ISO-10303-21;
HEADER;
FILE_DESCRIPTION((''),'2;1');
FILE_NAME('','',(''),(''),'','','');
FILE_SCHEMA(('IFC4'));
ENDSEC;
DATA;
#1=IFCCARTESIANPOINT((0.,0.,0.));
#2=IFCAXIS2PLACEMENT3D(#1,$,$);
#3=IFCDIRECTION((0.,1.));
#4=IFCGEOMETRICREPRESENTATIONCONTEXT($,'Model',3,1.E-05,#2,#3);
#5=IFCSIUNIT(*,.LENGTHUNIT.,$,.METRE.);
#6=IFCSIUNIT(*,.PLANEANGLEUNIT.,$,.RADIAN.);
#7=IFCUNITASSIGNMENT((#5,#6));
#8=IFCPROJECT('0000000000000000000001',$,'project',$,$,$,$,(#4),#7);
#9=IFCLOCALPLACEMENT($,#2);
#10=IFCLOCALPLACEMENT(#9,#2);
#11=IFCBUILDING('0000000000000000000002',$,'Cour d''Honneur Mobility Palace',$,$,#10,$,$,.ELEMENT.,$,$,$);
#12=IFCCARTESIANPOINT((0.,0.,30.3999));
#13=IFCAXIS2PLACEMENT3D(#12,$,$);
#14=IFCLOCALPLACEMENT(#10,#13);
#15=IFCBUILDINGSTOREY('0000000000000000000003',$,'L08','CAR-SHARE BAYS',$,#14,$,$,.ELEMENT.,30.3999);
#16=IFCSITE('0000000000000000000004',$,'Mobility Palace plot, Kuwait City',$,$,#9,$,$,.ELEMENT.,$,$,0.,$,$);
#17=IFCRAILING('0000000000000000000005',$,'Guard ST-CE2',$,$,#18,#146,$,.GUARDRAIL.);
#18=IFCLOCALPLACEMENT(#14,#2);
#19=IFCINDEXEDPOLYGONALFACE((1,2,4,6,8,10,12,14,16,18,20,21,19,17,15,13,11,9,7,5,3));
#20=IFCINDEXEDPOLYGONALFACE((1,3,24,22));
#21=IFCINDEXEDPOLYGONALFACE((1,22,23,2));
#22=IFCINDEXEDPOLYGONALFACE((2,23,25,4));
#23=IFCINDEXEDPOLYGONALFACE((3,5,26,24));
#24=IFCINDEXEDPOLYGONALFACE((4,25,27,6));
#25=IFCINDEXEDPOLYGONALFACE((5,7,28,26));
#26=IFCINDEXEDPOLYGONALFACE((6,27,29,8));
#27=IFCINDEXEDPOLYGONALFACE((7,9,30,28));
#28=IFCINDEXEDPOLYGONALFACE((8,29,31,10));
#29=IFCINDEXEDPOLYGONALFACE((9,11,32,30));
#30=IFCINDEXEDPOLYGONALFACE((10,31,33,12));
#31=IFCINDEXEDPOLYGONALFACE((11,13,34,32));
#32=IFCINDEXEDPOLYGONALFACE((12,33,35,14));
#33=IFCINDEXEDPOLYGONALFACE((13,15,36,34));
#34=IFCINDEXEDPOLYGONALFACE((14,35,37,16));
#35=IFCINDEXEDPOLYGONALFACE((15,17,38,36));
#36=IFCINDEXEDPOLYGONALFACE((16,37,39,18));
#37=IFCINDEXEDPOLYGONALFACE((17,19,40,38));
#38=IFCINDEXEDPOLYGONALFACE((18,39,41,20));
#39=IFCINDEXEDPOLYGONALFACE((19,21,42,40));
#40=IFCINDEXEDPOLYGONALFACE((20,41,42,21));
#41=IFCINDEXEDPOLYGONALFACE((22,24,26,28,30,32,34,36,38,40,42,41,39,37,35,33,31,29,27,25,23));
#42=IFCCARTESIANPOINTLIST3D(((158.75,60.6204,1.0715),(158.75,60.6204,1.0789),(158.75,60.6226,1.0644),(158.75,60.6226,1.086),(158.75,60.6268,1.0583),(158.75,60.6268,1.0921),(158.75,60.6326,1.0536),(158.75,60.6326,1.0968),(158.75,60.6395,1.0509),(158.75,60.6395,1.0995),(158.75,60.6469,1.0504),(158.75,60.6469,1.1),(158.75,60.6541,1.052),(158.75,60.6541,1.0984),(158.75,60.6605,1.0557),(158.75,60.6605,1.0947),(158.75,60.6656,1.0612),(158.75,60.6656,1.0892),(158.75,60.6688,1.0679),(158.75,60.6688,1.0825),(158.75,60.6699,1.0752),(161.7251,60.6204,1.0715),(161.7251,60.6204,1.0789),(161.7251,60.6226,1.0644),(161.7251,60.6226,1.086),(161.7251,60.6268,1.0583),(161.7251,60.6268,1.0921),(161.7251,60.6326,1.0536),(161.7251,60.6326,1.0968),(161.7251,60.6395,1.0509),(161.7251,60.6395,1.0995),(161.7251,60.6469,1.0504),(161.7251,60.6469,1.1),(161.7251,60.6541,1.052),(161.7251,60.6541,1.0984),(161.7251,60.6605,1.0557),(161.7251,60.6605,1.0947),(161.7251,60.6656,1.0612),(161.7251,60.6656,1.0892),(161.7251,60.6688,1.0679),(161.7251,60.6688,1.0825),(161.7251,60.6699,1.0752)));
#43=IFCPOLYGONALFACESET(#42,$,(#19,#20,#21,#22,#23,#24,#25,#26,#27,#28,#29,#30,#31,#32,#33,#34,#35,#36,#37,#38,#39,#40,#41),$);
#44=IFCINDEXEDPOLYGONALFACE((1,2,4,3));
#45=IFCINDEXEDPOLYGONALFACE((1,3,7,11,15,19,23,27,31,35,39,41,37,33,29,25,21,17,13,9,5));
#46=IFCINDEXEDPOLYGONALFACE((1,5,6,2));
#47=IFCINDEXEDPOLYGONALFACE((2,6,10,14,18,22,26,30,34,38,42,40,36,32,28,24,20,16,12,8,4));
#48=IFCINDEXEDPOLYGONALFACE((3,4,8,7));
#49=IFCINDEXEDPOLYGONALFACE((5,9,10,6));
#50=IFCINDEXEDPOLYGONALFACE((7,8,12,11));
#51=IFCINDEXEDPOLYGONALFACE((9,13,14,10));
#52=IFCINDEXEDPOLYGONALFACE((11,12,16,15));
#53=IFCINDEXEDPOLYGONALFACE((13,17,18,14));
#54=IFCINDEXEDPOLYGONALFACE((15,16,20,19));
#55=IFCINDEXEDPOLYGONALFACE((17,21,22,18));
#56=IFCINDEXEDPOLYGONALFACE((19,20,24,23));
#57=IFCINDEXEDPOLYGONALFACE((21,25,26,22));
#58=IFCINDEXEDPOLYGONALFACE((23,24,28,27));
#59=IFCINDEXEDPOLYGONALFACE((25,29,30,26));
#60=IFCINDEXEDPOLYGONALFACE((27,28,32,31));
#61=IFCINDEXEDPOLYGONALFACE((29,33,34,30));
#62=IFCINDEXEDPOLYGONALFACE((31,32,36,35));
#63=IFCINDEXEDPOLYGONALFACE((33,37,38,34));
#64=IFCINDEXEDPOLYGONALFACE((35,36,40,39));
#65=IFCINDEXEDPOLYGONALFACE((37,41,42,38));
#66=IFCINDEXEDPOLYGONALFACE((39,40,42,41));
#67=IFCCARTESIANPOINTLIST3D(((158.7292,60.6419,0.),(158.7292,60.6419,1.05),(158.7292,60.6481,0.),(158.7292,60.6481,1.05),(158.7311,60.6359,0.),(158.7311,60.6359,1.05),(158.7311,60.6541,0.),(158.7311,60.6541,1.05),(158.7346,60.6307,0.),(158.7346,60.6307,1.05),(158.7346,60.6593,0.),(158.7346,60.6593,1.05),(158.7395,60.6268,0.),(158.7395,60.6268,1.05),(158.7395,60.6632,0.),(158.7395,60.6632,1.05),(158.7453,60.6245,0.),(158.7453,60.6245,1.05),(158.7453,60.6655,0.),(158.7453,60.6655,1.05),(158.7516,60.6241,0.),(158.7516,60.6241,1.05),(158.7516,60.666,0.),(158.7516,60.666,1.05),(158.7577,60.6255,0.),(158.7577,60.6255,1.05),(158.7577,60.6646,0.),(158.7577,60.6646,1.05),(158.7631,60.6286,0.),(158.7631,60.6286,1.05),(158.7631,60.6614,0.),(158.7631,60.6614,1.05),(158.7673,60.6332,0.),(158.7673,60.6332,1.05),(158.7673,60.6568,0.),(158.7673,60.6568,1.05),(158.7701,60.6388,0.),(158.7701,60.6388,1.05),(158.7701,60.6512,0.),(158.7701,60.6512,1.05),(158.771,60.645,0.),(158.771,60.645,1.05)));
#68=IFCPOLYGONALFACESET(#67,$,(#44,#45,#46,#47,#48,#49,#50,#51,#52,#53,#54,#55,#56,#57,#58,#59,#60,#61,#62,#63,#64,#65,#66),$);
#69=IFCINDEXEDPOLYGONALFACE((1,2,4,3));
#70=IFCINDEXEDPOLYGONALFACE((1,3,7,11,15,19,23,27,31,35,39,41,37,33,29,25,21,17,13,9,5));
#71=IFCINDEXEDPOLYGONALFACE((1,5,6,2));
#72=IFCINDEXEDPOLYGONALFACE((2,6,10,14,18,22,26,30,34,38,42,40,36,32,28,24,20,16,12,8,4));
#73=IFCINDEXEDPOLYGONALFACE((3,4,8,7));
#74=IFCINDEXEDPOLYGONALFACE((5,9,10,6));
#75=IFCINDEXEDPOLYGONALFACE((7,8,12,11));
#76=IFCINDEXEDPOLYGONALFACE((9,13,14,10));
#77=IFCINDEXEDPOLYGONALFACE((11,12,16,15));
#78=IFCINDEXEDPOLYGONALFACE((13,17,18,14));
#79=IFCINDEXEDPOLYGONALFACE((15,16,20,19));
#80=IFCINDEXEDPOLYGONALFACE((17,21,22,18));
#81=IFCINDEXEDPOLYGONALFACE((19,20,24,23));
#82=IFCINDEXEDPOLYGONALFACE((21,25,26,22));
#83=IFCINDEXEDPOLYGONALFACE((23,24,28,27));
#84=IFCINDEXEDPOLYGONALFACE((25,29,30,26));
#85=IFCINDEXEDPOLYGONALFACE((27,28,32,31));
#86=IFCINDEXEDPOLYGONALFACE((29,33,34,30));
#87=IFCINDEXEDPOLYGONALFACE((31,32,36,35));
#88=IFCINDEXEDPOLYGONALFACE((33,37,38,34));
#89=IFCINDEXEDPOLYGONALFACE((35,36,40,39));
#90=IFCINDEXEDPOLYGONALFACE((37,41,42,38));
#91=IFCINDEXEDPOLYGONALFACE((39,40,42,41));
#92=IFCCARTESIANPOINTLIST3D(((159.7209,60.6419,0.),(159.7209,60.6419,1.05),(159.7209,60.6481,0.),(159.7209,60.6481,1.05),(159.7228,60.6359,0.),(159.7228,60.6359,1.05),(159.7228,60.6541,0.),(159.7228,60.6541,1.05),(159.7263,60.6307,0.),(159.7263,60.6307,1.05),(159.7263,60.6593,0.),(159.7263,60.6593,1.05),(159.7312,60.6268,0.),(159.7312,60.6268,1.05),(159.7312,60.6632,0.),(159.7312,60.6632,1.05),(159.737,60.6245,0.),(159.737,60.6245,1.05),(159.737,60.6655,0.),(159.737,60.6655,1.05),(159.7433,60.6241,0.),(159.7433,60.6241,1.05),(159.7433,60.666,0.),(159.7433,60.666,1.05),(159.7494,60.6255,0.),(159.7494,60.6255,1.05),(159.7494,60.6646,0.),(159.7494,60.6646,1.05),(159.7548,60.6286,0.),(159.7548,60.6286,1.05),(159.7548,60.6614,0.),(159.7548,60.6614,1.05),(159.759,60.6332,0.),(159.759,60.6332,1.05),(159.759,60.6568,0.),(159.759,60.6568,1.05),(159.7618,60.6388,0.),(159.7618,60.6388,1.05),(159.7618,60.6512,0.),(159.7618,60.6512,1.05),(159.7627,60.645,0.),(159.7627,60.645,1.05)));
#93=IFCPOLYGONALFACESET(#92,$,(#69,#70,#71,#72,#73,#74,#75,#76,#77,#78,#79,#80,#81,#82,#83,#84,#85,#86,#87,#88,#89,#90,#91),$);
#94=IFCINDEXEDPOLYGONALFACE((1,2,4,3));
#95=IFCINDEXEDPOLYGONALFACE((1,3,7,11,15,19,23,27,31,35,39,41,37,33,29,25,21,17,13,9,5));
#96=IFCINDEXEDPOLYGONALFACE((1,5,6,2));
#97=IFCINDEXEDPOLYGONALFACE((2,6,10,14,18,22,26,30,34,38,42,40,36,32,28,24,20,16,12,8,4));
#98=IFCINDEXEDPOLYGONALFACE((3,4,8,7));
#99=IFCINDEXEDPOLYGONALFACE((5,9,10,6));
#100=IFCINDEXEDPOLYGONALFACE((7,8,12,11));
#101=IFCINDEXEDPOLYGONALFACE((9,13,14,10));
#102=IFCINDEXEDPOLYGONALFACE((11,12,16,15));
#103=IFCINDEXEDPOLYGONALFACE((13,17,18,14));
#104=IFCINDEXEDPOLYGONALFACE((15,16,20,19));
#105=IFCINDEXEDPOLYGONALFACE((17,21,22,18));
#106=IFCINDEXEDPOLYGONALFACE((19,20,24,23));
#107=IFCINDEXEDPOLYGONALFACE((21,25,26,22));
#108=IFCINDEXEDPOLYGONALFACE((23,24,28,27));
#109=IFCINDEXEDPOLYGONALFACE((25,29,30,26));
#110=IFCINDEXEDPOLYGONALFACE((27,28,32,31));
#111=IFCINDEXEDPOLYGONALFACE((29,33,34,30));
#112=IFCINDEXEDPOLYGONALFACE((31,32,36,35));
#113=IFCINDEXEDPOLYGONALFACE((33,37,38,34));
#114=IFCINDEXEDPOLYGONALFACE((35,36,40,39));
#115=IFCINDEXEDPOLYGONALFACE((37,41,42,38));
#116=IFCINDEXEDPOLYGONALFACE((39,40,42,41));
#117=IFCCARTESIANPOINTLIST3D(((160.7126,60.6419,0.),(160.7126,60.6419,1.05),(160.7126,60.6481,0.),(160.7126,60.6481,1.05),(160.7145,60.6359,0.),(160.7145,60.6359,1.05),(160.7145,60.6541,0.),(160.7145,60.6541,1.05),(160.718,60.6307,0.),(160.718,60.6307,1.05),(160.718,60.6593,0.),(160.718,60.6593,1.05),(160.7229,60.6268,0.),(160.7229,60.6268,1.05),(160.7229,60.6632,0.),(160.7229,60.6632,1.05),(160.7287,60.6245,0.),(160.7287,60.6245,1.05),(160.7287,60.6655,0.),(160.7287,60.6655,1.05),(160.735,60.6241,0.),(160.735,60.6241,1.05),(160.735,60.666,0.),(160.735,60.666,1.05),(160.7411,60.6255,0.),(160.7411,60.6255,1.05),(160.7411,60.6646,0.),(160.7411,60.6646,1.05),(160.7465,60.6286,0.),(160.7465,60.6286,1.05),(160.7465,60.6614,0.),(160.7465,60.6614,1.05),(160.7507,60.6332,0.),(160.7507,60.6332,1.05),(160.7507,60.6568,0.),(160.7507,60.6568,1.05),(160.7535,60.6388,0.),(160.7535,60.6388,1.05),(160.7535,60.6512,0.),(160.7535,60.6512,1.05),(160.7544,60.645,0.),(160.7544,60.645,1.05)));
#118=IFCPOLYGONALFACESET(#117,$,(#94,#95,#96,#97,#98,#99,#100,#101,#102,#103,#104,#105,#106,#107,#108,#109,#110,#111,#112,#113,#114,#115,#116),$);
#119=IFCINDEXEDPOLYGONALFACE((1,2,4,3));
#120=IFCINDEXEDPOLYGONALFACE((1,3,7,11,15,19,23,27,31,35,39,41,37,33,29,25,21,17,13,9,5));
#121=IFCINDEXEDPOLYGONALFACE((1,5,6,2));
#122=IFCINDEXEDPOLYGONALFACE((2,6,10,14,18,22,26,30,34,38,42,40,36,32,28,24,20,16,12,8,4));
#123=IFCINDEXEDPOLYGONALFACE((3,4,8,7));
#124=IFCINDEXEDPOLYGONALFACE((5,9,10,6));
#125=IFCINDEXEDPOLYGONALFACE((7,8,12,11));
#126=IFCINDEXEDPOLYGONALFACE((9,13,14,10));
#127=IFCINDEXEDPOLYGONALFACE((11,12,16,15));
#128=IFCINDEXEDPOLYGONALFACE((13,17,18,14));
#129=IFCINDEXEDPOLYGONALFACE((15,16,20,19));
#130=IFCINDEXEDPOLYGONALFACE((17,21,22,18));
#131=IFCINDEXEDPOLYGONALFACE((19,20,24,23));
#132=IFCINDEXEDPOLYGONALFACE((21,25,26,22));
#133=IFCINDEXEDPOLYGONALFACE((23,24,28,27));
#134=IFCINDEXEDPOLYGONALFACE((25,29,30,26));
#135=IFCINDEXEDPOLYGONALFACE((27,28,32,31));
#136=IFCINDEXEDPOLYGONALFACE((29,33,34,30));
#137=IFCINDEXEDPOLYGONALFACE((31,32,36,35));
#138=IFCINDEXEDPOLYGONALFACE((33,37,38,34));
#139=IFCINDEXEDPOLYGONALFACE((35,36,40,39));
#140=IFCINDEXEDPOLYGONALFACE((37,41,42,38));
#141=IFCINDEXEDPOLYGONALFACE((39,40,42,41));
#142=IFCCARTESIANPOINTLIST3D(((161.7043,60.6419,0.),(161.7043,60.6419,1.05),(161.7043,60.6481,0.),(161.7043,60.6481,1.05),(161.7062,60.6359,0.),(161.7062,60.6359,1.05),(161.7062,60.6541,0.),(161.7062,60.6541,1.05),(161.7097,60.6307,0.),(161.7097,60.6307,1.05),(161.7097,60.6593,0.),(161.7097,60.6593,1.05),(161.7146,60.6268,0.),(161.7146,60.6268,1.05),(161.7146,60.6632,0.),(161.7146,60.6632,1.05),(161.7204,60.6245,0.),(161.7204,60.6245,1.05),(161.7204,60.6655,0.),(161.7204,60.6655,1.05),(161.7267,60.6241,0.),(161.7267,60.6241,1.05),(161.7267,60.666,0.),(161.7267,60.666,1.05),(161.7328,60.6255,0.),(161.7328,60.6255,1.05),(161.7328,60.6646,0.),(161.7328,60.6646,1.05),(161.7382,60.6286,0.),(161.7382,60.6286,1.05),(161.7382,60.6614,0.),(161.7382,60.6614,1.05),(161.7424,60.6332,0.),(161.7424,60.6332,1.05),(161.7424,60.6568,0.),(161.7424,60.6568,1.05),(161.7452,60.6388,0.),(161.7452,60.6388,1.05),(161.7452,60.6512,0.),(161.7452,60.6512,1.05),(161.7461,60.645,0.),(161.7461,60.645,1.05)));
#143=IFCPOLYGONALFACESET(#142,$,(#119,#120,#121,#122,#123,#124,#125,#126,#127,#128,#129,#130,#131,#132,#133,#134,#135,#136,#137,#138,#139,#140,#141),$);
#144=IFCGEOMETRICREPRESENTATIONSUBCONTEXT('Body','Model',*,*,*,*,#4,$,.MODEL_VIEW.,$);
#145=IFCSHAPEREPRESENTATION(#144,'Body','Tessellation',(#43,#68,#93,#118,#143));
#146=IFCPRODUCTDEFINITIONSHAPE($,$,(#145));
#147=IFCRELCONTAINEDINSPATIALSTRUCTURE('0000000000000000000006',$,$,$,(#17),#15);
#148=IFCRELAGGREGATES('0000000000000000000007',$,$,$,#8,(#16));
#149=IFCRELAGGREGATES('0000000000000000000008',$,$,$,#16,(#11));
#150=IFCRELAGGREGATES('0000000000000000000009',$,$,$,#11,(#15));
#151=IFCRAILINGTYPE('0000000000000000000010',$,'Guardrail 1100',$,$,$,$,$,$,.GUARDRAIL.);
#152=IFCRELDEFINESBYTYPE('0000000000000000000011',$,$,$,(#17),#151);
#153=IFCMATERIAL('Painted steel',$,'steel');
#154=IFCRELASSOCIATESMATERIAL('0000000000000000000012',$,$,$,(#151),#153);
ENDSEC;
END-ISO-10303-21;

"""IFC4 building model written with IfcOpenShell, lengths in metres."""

from ifc_helpers import new_model, si_unit, direction, frame, origin, origin_2d, place, context, subcontext, project, spatial, circle, extrude, material, type_object, element, save


model = new_model("IFC4")

# Units and contexts
model_context = context("Model", 3, precision=1e-05, world=origin(), true_north=direction((0.0, 1.0)))
body_context = subcontext(model_context, "Body", "Model", "MODEL_VIEW")
ifc_project = project(units=[si_unit("LENGTHUNIT", "METRE"), si_unit("PLANEANGLEUNIT", "RADIAN")], contexts=[model_context])

# Site, building, storey
site_placement = place(None, origin())
site = spatial("IfcSite", under=ifc_project, at=site_placement, Name="Mobility Palace plot, Kuwait City", CompositionType="ELEMENT", RefElevation=0.0)
building_placement = place(site_placement, origin())
building = spatial("IfcBuilding", under=site, at=building_placement, Name="Cour d'Honneur Mobility Palace", CompositionType="ELEMENT")
storey_placement = place(building_placement, frame((0.0, 0.0, 30.3999)))
storey = spatial("IfcBuildingStorey", under=building, at=storey_placement, Name="L08", Description="CAR-SHARE BAYS", CompositionType="ELEMENT", Elevation=30.3999)

# Railing
ifc_material_1 = material(Name="Painted steel", Category="steel")
railing_type_1 = type_object("IfcRailingType", Name="Guardrail 1100", PredefinedType="GUARDRAIL", material=ifc_material_1)
railing_1_placement = place(storey_placement, frame((158.75, 60.645, 0.0)))
element("IfcRailing", 1, at=railing_1_placement, inside=storey, type_object=railing_type_1, Name="Guard ST-CE2", PredefinedType="GUARDRAIL", context=body_context, shape_type="SweptSolid", body=[
    extrude(circle(Radius=0.0249, at=origin_2d()), frame((0.0, 0.0, 1.0752), z_axis=(1.0, 0.0, 0.0), x_axis=(0.0, 1.0, 0.0)), (0.0, 0.0, 1.0), 2.9751),
    extrude(circle(Radius=0.021, at=origin_2d()), origin(), (0.0, 0.0, 1.0), 1.05),
    extrude(circle(Radius=0.021, at=origin_2d()), frame((0.9917, 0.0, 0.0)), (0.0, 0.0, 1.0), 1.05),
    extrude(circle(Radius=0.021, at=origin_2d()), frame((1.9834, 0.0, 0.0)), (0.0, 0.0, 1.0), 1.05),
    extrude(circle(Radius=0.021, at=origin_2d()), frame((2.9751, 0.0, 0.0)), (0.0, 0.0, 1.0), 1.05),
])

save(model, "model.ifc")
